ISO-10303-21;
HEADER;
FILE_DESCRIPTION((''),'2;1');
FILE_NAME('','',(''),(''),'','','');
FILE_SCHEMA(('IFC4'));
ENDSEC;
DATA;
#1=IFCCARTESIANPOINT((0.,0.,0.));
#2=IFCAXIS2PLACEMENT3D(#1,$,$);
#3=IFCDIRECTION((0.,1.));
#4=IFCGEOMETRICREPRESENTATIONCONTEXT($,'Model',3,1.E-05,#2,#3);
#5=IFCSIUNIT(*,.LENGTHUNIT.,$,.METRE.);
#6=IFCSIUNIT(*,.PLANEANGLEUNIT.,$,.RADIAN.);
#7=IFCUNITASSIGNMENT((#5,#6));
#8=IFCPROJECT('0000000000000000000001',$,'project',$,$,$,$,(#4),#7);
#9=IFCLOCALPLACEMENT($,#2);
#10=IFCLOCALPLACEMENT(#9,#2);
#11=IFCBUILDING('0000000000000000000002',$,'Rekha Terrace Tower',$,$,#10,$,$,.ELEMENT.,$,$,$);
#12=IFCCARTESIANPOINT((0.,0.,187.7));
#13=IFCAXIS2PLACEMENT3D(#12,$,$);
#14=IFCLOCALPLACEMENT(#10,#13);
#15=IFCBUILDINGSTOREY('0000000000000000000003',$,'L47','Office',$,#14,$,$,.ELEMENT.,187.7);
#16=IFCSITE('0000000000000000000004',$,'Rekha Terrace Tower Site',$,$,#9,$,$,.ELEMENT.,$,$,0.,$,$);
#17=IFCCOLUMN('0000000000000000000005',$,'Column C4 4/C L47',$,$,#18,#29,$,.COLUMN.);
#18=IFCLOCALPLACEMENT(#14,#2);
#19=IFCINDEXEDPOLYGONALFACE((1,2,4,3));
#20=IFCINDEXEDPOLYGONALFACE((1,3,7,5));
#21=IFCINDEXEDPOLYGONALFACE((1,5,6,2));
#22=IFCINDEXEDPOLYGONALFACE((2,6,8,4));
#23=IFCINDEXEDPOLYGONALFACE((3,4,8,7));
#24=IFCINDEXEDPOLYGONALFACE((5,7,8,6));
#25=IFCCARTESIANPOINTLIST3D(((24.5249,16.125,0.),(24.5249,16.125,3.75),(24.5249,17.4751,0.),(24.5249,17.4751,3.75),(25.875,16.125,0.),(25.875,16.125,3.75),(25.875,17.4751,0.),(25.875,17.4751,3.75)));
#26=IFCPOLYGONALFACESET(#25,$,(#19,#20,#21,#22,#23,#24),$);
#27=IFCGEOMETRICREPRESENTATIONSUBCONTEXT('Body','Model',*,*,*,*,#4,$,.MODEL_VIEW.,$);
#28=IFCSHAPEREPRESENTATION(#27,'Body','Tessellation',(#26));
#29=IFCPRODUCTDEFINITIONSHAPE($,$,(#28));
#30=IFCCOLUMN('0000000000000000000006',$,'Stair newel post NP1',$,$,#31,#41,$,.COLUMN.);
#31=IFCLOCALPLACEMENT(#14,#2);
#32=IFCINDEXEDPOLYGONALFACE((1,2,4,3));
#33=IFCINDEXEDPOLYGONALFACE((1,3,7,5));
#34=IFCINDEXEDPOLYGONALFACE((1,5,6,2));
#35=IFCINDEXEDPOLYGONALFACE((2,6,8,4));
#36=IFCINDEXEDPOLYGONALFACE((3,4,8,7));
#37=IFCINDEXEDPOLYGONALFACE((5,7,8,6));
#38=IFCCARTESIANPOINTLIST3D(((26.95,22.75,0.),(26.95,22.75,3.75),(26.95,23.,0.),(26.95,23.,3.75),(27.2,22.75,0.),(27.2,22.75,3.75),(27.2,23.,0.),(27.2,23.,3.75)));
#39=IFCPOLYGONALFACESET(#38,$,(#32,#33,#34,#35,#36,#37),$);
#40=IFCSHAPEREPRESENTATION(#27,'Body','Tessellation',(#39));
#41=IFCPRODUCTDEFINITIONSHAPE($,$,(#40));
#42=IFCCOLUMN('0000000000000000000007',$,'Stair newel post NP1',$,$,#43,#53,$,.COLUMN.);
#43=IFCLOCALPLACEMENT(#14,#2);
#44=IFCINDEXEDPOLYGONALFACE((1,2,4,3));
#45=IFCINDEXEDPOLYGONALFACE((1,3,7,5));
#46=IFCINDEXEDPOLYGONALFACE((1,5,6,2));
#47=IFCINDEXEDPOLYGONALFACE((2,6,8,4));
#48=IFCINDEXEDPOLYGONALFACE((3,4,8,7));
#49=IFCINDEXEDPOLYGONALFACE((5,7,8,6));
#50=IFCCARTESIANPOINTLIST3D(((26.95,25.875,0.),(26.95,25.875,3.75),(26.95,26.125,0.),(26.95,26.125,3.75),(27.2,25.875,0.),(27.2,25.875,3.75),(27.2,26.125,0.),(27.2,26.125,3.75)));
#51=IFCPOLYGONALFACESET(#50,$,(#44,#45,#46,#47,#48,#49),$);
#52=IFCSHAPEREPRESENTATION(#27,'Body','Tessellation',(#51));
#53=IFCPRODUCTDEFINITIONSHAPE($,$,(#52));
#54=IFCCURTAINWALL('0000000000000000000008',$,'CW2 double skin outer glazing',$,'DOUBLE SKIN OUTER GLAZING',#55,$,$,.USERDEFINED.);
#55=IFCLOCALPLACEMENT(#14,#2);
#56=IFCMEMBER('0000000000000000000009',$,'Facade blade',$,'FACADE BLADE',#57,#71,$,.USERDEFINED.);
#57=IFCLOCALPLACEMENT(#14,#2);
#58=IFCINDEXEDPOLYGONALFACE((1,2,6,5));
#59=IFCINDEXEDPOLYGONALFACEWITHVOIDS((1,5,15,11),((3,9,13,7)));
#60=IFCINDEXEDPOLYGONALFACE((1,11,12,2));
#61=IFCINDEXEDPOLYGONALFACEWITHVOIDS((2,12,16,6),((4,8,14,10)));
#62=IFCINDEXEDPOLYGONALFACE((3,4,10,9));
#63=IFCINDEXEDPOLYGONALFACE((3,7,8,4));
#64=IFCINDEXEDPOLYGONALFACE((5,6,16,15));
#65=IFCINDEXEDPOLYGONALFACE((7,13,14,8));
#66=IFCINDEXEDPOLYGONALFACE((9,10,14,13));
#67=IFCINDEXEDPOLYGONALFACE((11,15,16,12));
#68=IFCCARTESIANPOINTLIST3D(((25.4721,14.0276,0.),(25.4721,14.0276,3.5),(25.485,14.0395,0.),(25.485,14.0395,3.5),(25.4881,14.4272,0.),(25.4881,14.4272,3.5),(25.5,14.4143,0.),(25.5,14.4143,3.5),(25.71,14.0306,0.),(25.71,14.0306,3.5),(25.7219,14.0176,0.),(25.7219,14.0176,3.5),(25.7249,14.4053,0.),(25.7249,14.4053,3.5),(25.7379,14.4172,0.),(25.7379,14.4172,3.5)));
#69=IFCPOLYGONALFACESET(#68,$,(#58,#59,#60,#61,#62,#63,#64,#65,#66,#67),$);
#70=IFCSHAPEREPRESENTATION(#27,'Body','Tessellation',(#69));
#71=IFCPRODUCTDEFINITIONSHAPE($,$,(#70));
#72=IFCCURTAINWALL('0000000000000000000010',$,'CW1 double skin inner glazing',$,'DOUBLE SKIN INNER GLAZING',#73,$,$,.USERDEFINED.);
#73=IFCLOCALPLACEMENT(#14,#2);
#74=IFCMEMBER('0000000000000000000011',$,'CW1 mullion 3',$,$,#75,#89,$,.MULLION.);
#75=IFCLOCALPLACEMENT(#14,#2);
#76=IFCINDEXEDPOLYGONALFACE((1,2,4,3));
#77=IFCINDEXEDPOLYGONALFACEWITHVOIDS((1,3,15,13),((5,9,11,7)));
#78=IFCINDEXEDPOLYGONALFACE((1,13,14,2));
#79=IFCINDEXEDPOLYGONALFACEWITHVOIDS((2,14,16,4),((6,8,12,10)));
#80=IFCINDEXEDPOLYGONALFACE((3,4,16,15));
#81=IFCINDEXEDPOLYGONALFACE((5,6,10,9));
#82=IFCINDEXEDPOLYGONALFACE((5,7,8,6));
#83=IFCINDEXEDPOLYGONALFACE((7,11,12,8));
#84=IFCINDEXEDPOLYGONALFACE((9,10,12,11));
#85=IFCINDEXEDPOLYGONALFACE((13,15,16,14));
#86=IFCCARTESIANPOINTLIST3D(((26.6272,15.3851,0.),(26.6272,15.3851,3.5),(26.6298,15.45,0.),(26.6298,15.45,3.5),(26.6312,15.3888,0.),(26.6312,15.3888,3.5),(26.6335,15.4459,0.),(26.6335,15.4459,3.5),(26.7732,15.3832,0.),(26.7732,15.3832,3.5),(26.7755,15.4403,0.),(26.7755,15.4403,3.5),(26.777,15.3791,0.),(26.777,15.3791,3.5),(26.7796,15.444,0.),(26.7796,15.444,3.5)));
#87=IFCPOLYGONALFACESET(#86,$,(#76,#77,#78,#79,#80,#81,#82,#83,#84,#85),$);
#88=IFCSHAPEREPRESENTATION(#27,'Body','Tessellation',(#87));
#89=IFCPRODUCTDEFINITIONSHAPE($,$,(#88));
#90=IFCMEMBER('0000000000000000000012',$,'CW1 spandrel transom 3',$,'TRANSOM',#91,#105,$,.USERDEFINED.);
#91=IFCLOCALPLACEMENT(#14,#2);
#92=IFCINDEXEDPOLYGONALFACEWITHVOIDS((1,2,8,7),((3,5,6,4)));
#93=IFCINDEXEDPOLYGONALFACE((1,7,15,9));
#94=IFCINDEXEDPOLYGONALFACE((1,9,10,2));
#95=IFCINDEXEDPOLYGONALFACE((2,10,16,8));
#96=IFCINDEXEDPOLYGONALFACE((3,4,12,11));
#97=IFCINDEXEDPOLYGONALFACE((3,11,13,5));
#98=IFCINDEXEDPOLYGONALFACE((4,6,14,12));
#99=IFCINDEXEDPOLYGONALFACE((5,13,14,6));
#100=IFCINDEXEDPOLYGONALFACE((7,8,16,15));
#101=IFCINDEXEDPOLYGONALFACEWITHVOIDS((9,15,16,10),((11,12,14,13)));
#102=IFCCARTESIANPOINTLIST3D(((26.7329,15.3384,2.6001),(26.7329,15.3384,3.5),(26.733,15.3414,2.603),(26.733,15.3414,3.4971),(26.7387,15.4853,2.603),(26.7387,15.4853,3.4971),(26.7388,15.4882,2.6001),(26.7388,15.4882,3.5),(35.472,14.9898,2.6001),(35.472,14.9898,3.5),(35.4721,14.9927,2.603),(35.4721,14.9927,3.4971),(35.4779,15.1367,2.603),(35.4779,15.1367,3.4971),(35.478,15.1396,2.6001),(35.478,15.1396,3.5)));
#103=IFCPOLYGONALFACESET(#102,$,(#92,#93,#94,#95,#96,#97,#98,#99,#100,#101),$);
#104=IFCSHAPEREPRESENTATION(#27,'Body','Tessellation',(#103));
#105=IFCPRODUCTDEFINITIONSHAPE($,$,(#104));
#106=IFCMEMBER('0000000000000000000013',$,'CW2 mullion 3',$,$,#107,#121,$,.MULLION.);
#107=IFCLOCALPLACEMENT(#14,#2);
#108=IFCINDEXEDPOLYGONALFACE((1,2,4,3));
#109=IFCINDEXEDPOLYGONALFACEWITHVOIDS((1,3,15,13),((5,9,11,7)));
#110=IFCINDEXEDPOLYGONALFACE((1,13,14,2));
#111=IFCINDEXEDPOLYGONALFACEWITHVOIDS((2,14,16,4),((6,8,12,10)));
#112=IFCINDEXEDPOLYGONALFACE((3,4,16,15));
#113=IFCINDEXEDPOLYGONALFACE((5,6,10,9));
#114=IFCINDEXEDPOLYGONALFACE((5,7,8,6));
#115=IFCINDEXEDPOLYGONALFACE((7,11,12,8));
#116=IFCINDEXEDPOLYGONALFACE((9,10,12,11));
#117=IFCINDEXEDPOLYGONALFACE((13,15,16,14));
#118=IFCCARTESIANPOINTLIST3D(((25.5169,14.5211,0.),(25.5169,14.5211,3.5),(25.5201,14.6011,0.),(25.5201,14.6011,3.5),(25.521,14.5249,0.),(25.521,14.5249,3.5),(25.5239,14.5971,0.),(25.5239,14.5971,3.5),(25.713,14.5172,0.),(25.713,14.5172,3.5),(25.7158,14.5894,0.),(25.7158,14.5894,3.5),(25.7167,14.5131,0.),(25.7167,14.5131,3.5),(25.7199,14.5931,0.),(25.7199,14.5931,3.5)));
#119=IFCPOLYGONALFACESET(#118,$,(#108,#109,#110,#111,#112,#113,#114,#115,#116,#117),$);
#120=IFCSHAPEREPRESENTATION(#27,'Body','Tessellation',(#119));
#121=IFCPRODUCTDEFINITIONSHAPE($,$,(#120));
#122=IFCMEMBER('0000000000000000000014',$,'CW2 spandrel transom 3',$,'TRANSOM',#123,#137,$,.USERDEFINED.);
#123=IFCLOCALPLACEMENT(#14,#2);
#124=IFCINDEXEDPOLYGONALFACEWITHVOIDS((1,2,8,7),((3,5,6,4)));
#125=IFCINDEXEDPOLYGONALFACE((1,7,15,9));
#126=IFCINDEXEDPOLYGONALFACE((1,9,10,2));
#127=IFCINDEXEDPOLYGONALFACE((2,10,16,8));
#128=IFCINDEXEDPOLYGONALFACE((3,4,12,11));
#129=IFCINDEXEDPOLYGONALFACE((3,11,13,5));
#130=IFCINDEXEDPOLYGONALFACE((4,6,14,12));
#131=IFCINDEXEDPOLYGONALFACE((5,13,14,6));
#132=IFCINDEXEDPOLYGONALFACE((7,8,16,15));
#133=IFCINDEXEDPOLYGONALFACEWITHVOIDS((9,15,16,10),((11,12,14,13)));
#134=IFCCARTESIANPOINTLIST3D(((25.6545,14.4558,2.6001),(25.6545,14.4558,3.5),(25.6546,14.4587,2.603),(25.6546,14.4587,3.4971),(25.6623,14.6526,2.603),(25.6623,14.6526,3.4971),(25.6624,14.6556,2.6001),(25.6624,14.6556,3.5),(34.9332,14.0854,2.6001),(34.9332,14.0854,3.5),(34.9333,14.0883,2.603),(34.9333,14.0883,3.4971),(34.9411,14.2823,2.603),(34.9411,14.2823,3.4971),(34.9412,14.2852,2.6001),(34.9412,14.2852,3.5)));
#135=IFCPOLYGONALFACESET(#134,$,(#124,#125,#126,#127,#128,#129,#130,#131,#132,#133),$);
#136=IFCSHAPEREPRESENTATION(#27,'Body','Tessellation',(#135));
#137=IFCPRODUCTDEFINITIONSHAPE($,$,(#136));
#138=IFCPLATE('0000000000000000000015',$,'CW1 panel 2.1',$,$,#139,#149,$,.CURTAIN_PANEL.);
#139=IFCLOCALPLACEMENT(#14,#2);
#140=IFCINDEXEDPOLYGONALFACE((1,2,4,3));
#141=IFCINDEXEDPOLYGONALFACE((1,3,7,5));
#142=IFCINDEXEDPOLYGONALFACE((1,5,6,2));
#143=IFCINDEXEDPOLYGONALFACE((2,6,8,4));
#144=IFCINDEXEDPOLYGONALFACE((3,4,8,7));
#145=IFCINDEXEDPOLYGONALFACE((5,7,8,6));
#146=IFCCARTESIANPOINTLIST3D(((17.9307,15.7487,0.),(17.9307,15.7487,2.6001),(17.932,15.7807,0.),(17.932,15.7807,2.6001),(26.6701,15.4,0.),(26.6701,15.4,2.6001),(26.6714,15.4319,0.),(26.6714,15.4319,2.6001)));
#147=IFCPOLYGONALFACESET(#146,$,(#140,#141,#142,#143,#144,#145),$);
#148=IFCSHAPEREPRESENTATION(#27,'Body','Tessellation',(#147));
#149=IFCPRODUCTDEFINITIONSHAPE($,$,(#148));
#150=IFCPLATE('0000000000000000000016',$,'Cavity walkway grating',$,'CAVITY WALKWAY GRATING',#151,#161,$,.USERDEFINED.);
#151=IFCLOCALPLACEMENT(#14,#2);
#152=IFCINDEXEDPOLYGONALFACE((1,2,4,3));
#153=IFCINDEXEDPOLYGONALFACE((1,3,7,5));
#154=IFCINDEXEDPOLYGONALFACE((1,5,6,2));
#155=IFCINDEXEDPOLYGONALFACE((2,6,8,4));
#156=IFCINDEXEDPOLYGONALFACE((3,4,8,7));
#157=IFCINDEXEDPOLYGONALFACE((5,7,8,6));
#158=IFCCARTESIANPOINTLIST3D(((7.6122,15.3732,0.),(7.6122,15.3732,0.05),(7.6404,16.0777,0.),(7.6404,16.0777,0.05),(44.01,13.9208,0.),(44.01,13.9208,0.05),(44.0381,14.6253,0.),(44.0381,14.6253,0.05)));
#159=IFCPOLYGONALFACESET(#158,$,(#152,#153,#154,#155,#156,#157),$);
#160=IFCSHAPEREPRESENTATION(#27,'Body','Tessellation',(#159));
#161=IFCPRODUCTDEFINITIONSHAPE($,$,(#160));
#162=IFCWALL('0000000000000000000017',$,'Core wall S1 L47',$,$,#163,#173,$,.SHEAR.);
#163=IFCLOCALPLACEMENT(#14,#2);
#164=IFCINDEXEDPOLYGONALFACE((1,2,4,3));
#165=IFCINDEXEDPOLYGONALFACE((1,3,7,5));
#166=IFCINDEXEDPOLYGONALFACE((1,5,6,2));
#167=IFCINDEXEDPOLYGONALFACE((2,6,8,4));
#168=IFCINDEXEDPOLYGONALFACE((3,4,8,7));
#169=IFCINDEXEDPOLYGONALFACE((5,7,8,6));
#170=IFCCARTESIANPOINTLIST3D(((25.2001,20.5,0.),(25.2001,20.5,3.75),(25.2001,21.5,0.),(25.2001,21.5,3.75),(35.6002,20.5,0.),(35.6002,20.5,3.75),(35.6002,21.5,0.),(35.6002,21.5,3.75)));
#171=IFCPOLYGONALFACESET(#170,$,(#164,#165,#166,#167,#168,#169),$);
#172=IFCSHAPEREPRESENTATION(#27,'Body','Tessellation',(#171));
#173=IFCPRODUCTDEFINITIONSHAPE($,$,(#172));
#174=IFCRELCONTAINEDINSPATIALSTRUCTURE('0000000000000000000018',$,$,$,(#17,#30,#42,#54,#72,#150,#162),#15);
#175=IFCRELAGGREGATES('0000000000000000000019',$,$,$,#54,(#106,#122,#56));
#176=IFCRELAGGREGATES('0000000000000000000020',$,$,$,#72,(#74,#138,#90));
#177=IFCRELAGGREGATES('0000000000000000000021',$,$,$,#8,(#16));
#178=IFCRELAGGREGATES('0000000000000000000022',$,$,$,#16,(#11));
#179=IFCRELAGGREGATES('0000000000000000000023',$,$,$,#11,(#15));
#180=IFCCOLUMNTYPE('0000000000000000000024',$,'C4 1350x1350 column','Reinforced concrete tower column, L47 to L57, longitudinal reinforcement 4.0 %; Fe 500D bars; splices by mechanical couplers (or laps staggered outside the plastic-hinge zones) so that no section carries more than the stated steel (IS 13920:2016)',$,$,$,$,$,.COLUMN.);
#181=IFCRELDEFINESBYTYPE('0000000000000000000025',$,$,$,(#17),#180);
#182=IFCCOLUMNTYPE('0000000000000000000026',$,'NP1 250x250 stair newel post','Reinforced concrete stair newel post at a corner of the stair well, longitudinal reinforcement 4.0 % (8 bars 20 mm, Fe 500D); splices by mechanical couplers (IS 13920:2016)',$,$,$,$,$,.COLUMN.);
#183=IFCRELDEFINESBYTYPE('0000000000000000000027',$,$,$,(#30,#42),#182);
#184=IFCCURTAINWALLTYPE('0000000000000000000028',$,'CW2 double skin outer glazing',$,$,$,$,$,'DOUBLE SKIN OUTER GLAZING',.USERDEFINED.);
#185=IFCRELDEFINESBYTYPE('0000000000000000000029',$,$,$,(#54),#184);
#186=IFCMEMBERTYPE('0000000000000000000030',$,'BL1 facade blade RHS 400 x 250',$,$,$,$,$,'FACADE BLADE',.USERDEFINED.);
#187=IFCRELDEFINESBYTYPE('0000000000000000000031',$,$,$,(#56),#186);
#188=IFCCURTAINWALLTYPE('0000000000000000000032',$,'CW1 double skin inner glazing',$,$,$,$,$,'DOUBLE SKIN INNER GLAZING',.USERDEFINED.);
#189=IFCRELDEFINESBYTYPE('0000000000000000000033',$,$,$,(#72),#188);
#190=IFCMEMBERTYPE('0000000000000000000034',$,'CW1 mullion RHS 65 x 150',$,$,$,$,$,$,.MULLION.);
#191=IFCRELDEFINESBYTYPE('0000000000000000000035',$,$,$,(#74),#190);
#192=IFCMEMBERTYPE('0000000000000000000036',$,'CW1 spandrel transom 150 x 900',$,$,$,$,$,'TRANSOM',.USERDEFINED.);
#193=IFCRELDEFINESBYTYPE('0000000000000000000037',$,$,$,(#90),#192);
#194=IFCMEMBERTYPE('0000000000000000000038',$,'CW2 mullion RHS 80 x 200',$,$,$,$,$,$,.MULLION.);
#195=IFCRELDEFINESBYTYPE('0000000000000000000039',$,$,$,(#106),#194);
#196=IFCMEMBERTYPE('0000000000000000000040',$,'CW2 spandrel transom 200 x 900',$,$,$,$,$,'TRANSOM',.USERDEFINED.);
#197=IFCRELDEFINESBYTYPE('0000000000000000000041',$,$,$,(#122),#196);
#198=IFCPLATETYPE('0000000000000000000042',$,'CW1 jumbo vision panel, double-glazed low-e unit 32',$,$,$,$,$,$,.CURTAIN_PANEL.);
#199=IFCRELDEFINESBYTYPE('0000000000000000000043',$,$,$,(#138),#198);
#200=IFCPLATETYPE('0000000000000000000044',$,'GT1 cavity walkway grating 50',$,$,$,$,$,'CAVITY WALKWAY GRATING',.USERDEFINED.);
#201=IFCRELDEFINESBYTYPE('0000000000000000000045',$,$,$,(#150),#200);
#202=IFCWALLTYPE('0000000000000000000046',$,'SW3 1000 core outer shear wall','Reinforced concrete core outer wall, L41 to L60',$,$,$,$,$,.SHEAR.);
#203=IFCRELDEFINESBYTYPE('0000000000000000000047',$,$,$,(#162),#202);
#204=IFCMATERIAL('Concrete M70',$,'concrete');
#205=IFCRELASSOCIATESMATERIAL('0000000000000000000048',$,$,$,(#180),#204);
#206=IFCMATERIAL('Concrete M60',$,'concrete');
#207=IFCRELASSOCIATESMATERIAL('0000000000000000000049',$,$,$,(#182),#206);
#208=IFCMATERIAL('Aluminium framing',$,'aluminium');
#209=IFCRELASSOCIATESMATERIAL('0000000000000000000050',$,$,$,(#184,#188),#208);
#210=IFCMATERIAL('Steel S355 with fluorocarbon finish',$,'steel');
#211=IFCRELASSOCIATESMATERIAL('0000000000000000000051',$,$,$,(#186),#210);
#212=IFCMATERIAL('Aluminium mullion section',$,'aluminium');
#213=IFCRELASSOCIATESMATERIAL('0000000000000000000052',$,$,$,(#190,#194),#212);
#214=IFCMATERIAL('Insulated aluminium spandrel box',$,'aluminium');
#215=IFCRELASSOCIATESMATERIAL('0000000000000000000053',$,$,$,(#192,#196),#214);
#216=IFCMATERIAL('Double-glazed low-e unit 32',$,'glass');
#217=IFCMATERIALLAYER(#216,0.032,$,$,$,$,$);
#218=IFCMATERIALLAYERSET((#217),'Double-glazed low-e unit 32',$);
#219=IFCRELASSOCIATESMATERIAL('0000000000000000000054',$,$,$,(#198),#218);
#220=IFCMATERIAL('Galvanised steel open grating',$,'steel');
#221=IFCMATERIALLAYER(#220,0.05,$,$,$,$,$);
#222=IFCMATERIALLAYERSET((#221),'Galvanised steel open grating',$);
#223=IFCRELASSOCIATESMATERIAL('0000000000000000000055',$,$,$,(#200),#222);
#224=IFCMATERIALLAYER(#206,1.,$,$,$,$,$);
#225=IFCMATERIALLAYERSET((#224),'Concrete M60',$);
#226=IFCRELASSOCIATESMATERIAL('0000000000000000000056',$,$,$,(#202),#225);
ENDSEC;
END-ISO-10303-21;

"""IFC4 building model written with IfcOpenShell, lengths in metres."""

from ifc_helpers import new_model, si_unit, direction, frame, frame_2d, origin, origin_2d, place, context, subcontext, project, spatial, rectangle, hollow_rectangle, extrude, material, layer, layer_set, material_profile, profile_set, type_object, element, aggregate, save


model = new_model("IFC4")

# Units and contexts
model_context = context("Model", 3, precision=1e-05, world=origin(), true_north=direction((0.0, 1.0)))
body_context = subcontext(model_context, "Body", "Model", "MODEL_VIEW")
ifc_project = project(units=[si_unit("LENGTHUNIT", "METRE"), si_unit("PLANEANGLEUNIT", "RADIAN")], contexts=[model_context])

# Site, building, storey
site_placement = place(None, origin())
site = spatial("IfcSite", under=ifc_project, at=site_placement, Name="Rekha Terrace Tower Site", CompositionType="ELEMENT", RefElevation=0.0)
building_placement = place(site_placement, origin())
building = spatial("IfcBuilding", under=site, at=building_placement, Name="Rekha Terrace Tower", CompositionType="ELEMENT")
storey_placement = place(building_placement, frame((0.0, 0.0, 187.7)))
storey = spatial("IfcBuildingStorey", under=building, at=storey_placement, Name="L47", Description="Office", CompositionType="ELEMENT", Elevation=187.7)

# Columns
ifc_material_1 = material(Name="Concrete M70", Category="concrete")
ifc_material_profile_1 = material_profile(ifc_material_1, rectangle(XDim=1.3501, YDim=1.3501, at=origin_2d()), Name="RC 1350x1350")
ifc_profile_set_1 = profile_set([ifc_material_profile_1], Name="Concrete M70")
column_type_1 = type_object("IfcColumnType", Name="C4 1350x1350 column", Description="Reinforced concrete tower column, L47 to L57, longitudinal reinforcement 4.0 %; Fe 500D bars; splices by mechanical couplers (or laps staggered outside the plastic-hinge zones) so that no section carries more than the stated steel (IS 13920:2016)", PredefinedType="COLUMN", material=ifc_profile_set_1)
column_placement = place(storey_placement, frame((25.2, 16.8, 0.0), z_axis=(0.0, 0.0, 1.0), x_axis=(1.0, 0.0, 0.0)))
element("IfcColumn", 1, at=column_placement, inside=storey, type_object=column_type_1, Name="Column C4 4/C L47", PredefinedType="COLUMN", context=body_context, shape_type="SweptSolid", body=[
    extrude(rectangle(XDim=1.3501, YDim=1.3501, at=origin_2d()), origin(), (0.0, 0.0, 1.0), 3.75),
])
ifc_material_2 = material(Name="Concrete M60", Category="concrete")
ifc_material_profile_2 = material_profile(ifc_material_2, rectangle(XDim=0.25, YDim=0.25, at=origin_2d()), Name="RC 250x250")
ifc_profile_set_2 = profile_set([ifc_material_profile_2], Name="Concrete M60")
column_type_2 = type_object("IfcColumnType", Name="NP1 250x250 stair newel post", Description="Reinforced concrete stair newel post at a corner of the stair well, longitudinal reinforcement 4.0 % (8 bars 20 mm, Fe 500D); splices by mechanical couplers (IS 13920:2016)", PredefinedType="COLUMN", material=ifc_profile_set_2)
for number, where, z_axis, x_axis, name in (
    (2, (27.075, 22.875, 0.0), (0.0, 0.0, 1.0), (1.0, 0.0, 0.0), "Stair newel post NP1"),
    (3, (27.075, 26.0, 0.0), (0.0, 0.0, 1.0), (1.0, 0.0, 0.0), "Stair newel post NP1"),
):
    element("IfcColumn", number, at=place(storey_placement, frame(where, z_axis=z_axis, x_axis=x_axis)), inside=storey, type_object=column_type_2, Name=name, PredefinedType="COLUMN", context=body_context, shape_type="SweptSolid", body=[
        extrude(rectangle(XDim=0.25, YDim=0.25, at=origin_2d()), origin(), (0.0, 0.0, 1.0), 3.75),
    ])

# Curtain wall, member
ifc_material_3 = material(Name="Aluminium framing", Category="aluminium")
curtain_wall_type_1 = type_object("IfcCurtainWallType", Name="CW2 double skin outer glazing", ElementType="DOUBLE SKIN OUTER GLAZING", PredefinedType="USERDEFINED", material=ifc_material_3)
curtain_wall_1_placement = place(storey_placement, origin())
curtain_wall_1 = element("IfcCurtainWall", 4, at=curtain_wall_1_placement, inside=storey, type_object=curtain_wall_type_1, Name="CW2 double skin outer glazing", ObjectType="DOUBLE SKIN OUTER GLAZING", PredefinedType="USERDEFINED")
ifc_material_4 = material(Name="Steel S355 with fluorocarbon finish", Category="steel")
ifc_material_profile_3 = material_profile(ifc_material_4, hollow_rectangle(XDim=0.25, YDim=0.3999, WallThickness=0.0125, at=origin_2d()), Name="RHS400x250x12.5")
ifc_profile_set_3 = profile_set([ifc_material_profile_3], Name="Steel S355 with fluorocarbon finish")
member_type_1 = type_object("IfcMemberType", Name="BL1 facade blade RHS 400 x 250", ElementType="FACADE BLADE", PredefinedType="USERDEFINED", material=ifc_profile_set_3)
member_1_placement = place(storey_placement, frame((25.605, 14.2224, 0.0), z_axis=(0.0, 0.0, 1.0), x_axis=(0.999205, -0.039872, 0.0)))
member_1 = element("IfcMember", 5, at=member_1_placement, type_object=member_type_1, Name="Facade blade", ObjectType="FACADE BLADE", PredefinedType="USERDEFINED", context=body_context, shape_type="SweptSolid", body=[
    extrude(hollow_rectangle(XDim=0.25, YDim=0.3999, WallThickness=0.0125, at=origin_2d()), origin(), (0.0, 0.0, 1.0), 3.5),
])

# Curtain wall, members
curtain_wall_type_2 = type_object("IfcCurtainWallType", Name="CW1 double skin inner glazing", ElementType="DOUBLE SKIN INNER GLAZING", PredefinedType="USERDEFINED", material=ifc_material_3)
curtain_wall_2_placement = place(storey_placement, origin())
curtain_wall_2 = element("IfcCurtainWall", 6, at=curtain_wall_2_placement, inside=storey, type_object=curtain_wall_type_2, Name="CW1 double skin inner glazing", ObjectType="DOUBLE SKIN INNER GLAZING", PredefinedType="USERDEFINED")
ifc_material_5 = material(Name="Aluminium mullion section", Category="aluminium")
ifc_material_profile_4 = material_profile(ifc_material_5, hollow_rectangle(XDim=0.0649, YDim=0.1499, WallThickness=0.0039, at=origin_2d()), Name="AL RHS 65x150")
ifc_profile_set_4 = profile_set([ifc_material_profile_4], Name="Aluminium mullion section")
member_type_2 = type_object("IfcMemberType", Name="CW1 mullion RHS 65 x 150", PredefinedType="MULLION", material=ifc_profile_set_4)
member_2_placement = place(storey_placement, frame((26.7034, 15.4146, 0.0), z_axis=(0.0, 0.0, 1.0), x_axis=(0.039872, 0.999205, 0.0)))
member_2 = element("IfcMember", 7, at=member_2_placement, type_object=member_type_2, Name="CW1 mullion 3", PredefinedType="MULLION", context=body_context, shape_type="SweptSolid", body=[
    extrude(hollow_rectangle(XDim=0.0649, YDim=0.1499, WallThickness=0.0039, at=origin_2d()), origin(), (0.0, 0.0, 1.0), 3.5),
])
ifc_material_6 = material(Name="Insulated aluminium spandrel box", Category="aluminium")
ifc_material_profile_5 = material_profile(ifc_material_6, hollow_rectangle(XDim=0.1499, YDim=0.8999, WallThickness=0.0029, at=origin_2d()), Name="AL SPANDREL BOX 150x900")
ifc_profile_set_5 = profile_set([ifc_material_profile_5], Name="Insulated aluminium spandrel box")
member_type_3 = type_object("IfcMemberType", Name="CW1 spandrel transom 150 x 900", ElementType="TRANSOM", PredefinedType="USERDEFINED", material=ifc_profile_set_5)
member_3_placement = place(storey_placement, frame((26.7358, 15.4133, 3.05), z_axis=(0.999205, -0.039861, 0.0), x_axis=(0.039861, 0.999205, 0.0)))
member_3 = element("IfcMember", 8, at=member_3_placement, type_object=member_type_3, Name="CW1 spandrel transom 3", ObjectType="TRANSOM", PredefinedType="USERDEFINED", context=body_context, shape_type="SweptSolid", body=[
    extrude(hollow_rectangle(XDim=0.1499, YDim=0.8999, WallThickness=0.0029, at=origin_2d()), origin(), (0.0, 0.0, 1.0), 8.7461),
])

# Members
ifc_material_profile_6 = material_profile(ifc_material_5, hollow_rectangle(XDim=0.0801, YDim=0.2, WallThickness=0.0039, at=origin_2d()), Name="AL RHS 80x200")
ifc_profile_set_6 = profile_set([ifc_material_profile_6], Name="Aluminium mullion section")
member_type_4 = type_object("IfcMemberType", Name="CW2 mullion RHS 80 x 200", PredefinedType="MULLION", material=ifc_profile_set_6)
member_4_placement = place(storey_placement, frame((25.6184, 14.5571, 0.0), z_axis=(0.0, 0.0, 1.0), x_axis=(0.039872, 0.999205, 0.0)))
member_4 = element("IfcMember", 9, at=member_4_placement, type_object=member_type_4, Name="CW2 mullion 3", PredefinedType="MULLION", context=body_context, shape_type="SweptSolid", body=[
    extrude(hollow_rectangle(XDim=0.0801, YDim=0.2, WallThickness=0.0039, at=origin_2d()), origin(), (0.0, 0.0, 1.0), 3.5),
])
ifc_material_profile_7 = material_profile(ifc_material_6, hollow_rectangle(XDim=0.2, YDim=0.8999, WallThickness=0.0029, at=origin_2d()), Name="AL SPANDREL BOX 200x900")
ifc_profile_set_7 = profile_set([ifc_material_profile_7], Name="Insulated aluminium spandrel box")
member_type_5 = type_object("IfcMemberType", Name="CW2 spandrel transom 200 x 900", ElementType="TRANSOM", PredefinedType="USERDEFINED", material=ifc_profile_set_7)
member_5_placement = place(storey_placement, frame((25.6584, 14.5557, 3.05), z_axis=(0.999204, -0.039883, 0.0), x_axis=(0.039883, 0.999204, 0.0)))
member_5 = element("IfcMember", 10, at=member_5_placement, type_object=member_type_5, Name="CW2 spandrel transom 3", ObjectType="TRANSOM", PredefinedType="USERDEFINED", context=body_context, shape_type="SweptSolid", body=[
    extrude(hollow_rectangle(XDim=0.2, YDim=0.8999, WallThickness=0.0029, at=origin_2d()), origin(), (0.0, 0.0, 1.0), 9.2861),
])
aggregate(curtain_wall_1, [member_4, member_5, member_1])

# Plates
ifc_material_7 = material(Name="Double-glazed low-e unit 32", Category="glass")
ifc_layer_1 = layer(ifc_material_7, 0.032)
ifc_layer_set_1 = layer_set([ifc_layer_1], Name="Double-glazed low-e unit 32")
plate_type_1 = type_object("IfcPlateType", Name="CW1 jumbo vision panel, double-glazed low-e unit 32", PredefinedType="CURTAIN_PANEL", material=ifc_layer_set_1)
plate_1_placement = place(storey_placement, frame((22.301, 15.5903, 0.0), z_axis=(0.0, 0.0, 1.0), x_axis=(0.999205, -0.039872, 0.0)))
plate_1 = element("IfcPlate", 11, at=plate_1_placement, type_object=plate_type_1, Name="CW1 panel 2.1", PredefinedType="CURTAIN_PANEL", context=body_context, shape_type="SweptSolid", body=[
    extrude(rectangle(XDim=8.7463, YDim=0.032, at=origin_2d()), origin(), (0.0, 0.0, 1.0), 2.6001),
])
aggregate(curtain_wall_2, [member_2, plate_1, member_3])
ifc_material_8 = material(Name="Galvanised steel open grating", Category="steel")
ifc_layer_2 = layer(ifc_material_8, 0.05)
ifc_layer_set_2 = layer_set([ifc_layer_2], Name="Galvanised steel open grating")
plate_type_2 = type_object("IfcPlateType", Name="GT1 cavity walkway grating 50", ElementType="CAVITY WALKWAY GRATING", PredefinedType="USERDEFINED", material=ifc_layer_set_2)
plate_2_placement = place(storey_placement, frame((25.8252, 14.9993, 0.0), z_axis=(0.0, 0.0, 1.0), x_axis=(0.999205, -0.039872, 0.0)))
element("IfcPlate", 12, at=plate_2_placement, inside=storey, type_object=plate_type_2, Name="Cavity walkway grating", ObjectType="CAVITY WALKWAY GRATING", PredefinedType="USERDEFINED", context=body_context, shape_type="SweptSolid", body=[
    extrude(rectangle(XDim=36.4268, YDim=0.7051, at=origin_2d()), origin(), (0.0, 0.0, 1.0), 0.05),
])

# Wall
ifc_layer_3 = layer(ifc_material_2, 1.0)
ifc_layer_set_3 = layer_set([ifc_layer_3], Name="Concrete M60")
wall_type_1 = type_object("IfcWallType", Name="SW3 1000 core outer shear wall", Description="Reinforced concrete core outer wall, L41 to L60", PredefinedType="SHEAR", material=ifc_layer_set_3)
wall_1_placement = place(storey_placement, frame((25.2, 21.0, 0.0), z_axis=(0.0, 0.0, 1.0), x_axis=(1.0, 0.0, 0.0)))
element("IfcWall", 13, at=wall_1_placement, inside=storey, type_object=wall_type_1, Name="Core wall S1 L47", PredefinedType="SHEAR", context=body_context, shape_type="SweptSolid", body=[
    extrude(rectangle(XDim=10.4001, YDim=1.0, at=frame_2d((5.2002, 0.0))), origin(), (0.0, 0.0, 1.0), 3.75),
])

save(model, "model.ifc")
